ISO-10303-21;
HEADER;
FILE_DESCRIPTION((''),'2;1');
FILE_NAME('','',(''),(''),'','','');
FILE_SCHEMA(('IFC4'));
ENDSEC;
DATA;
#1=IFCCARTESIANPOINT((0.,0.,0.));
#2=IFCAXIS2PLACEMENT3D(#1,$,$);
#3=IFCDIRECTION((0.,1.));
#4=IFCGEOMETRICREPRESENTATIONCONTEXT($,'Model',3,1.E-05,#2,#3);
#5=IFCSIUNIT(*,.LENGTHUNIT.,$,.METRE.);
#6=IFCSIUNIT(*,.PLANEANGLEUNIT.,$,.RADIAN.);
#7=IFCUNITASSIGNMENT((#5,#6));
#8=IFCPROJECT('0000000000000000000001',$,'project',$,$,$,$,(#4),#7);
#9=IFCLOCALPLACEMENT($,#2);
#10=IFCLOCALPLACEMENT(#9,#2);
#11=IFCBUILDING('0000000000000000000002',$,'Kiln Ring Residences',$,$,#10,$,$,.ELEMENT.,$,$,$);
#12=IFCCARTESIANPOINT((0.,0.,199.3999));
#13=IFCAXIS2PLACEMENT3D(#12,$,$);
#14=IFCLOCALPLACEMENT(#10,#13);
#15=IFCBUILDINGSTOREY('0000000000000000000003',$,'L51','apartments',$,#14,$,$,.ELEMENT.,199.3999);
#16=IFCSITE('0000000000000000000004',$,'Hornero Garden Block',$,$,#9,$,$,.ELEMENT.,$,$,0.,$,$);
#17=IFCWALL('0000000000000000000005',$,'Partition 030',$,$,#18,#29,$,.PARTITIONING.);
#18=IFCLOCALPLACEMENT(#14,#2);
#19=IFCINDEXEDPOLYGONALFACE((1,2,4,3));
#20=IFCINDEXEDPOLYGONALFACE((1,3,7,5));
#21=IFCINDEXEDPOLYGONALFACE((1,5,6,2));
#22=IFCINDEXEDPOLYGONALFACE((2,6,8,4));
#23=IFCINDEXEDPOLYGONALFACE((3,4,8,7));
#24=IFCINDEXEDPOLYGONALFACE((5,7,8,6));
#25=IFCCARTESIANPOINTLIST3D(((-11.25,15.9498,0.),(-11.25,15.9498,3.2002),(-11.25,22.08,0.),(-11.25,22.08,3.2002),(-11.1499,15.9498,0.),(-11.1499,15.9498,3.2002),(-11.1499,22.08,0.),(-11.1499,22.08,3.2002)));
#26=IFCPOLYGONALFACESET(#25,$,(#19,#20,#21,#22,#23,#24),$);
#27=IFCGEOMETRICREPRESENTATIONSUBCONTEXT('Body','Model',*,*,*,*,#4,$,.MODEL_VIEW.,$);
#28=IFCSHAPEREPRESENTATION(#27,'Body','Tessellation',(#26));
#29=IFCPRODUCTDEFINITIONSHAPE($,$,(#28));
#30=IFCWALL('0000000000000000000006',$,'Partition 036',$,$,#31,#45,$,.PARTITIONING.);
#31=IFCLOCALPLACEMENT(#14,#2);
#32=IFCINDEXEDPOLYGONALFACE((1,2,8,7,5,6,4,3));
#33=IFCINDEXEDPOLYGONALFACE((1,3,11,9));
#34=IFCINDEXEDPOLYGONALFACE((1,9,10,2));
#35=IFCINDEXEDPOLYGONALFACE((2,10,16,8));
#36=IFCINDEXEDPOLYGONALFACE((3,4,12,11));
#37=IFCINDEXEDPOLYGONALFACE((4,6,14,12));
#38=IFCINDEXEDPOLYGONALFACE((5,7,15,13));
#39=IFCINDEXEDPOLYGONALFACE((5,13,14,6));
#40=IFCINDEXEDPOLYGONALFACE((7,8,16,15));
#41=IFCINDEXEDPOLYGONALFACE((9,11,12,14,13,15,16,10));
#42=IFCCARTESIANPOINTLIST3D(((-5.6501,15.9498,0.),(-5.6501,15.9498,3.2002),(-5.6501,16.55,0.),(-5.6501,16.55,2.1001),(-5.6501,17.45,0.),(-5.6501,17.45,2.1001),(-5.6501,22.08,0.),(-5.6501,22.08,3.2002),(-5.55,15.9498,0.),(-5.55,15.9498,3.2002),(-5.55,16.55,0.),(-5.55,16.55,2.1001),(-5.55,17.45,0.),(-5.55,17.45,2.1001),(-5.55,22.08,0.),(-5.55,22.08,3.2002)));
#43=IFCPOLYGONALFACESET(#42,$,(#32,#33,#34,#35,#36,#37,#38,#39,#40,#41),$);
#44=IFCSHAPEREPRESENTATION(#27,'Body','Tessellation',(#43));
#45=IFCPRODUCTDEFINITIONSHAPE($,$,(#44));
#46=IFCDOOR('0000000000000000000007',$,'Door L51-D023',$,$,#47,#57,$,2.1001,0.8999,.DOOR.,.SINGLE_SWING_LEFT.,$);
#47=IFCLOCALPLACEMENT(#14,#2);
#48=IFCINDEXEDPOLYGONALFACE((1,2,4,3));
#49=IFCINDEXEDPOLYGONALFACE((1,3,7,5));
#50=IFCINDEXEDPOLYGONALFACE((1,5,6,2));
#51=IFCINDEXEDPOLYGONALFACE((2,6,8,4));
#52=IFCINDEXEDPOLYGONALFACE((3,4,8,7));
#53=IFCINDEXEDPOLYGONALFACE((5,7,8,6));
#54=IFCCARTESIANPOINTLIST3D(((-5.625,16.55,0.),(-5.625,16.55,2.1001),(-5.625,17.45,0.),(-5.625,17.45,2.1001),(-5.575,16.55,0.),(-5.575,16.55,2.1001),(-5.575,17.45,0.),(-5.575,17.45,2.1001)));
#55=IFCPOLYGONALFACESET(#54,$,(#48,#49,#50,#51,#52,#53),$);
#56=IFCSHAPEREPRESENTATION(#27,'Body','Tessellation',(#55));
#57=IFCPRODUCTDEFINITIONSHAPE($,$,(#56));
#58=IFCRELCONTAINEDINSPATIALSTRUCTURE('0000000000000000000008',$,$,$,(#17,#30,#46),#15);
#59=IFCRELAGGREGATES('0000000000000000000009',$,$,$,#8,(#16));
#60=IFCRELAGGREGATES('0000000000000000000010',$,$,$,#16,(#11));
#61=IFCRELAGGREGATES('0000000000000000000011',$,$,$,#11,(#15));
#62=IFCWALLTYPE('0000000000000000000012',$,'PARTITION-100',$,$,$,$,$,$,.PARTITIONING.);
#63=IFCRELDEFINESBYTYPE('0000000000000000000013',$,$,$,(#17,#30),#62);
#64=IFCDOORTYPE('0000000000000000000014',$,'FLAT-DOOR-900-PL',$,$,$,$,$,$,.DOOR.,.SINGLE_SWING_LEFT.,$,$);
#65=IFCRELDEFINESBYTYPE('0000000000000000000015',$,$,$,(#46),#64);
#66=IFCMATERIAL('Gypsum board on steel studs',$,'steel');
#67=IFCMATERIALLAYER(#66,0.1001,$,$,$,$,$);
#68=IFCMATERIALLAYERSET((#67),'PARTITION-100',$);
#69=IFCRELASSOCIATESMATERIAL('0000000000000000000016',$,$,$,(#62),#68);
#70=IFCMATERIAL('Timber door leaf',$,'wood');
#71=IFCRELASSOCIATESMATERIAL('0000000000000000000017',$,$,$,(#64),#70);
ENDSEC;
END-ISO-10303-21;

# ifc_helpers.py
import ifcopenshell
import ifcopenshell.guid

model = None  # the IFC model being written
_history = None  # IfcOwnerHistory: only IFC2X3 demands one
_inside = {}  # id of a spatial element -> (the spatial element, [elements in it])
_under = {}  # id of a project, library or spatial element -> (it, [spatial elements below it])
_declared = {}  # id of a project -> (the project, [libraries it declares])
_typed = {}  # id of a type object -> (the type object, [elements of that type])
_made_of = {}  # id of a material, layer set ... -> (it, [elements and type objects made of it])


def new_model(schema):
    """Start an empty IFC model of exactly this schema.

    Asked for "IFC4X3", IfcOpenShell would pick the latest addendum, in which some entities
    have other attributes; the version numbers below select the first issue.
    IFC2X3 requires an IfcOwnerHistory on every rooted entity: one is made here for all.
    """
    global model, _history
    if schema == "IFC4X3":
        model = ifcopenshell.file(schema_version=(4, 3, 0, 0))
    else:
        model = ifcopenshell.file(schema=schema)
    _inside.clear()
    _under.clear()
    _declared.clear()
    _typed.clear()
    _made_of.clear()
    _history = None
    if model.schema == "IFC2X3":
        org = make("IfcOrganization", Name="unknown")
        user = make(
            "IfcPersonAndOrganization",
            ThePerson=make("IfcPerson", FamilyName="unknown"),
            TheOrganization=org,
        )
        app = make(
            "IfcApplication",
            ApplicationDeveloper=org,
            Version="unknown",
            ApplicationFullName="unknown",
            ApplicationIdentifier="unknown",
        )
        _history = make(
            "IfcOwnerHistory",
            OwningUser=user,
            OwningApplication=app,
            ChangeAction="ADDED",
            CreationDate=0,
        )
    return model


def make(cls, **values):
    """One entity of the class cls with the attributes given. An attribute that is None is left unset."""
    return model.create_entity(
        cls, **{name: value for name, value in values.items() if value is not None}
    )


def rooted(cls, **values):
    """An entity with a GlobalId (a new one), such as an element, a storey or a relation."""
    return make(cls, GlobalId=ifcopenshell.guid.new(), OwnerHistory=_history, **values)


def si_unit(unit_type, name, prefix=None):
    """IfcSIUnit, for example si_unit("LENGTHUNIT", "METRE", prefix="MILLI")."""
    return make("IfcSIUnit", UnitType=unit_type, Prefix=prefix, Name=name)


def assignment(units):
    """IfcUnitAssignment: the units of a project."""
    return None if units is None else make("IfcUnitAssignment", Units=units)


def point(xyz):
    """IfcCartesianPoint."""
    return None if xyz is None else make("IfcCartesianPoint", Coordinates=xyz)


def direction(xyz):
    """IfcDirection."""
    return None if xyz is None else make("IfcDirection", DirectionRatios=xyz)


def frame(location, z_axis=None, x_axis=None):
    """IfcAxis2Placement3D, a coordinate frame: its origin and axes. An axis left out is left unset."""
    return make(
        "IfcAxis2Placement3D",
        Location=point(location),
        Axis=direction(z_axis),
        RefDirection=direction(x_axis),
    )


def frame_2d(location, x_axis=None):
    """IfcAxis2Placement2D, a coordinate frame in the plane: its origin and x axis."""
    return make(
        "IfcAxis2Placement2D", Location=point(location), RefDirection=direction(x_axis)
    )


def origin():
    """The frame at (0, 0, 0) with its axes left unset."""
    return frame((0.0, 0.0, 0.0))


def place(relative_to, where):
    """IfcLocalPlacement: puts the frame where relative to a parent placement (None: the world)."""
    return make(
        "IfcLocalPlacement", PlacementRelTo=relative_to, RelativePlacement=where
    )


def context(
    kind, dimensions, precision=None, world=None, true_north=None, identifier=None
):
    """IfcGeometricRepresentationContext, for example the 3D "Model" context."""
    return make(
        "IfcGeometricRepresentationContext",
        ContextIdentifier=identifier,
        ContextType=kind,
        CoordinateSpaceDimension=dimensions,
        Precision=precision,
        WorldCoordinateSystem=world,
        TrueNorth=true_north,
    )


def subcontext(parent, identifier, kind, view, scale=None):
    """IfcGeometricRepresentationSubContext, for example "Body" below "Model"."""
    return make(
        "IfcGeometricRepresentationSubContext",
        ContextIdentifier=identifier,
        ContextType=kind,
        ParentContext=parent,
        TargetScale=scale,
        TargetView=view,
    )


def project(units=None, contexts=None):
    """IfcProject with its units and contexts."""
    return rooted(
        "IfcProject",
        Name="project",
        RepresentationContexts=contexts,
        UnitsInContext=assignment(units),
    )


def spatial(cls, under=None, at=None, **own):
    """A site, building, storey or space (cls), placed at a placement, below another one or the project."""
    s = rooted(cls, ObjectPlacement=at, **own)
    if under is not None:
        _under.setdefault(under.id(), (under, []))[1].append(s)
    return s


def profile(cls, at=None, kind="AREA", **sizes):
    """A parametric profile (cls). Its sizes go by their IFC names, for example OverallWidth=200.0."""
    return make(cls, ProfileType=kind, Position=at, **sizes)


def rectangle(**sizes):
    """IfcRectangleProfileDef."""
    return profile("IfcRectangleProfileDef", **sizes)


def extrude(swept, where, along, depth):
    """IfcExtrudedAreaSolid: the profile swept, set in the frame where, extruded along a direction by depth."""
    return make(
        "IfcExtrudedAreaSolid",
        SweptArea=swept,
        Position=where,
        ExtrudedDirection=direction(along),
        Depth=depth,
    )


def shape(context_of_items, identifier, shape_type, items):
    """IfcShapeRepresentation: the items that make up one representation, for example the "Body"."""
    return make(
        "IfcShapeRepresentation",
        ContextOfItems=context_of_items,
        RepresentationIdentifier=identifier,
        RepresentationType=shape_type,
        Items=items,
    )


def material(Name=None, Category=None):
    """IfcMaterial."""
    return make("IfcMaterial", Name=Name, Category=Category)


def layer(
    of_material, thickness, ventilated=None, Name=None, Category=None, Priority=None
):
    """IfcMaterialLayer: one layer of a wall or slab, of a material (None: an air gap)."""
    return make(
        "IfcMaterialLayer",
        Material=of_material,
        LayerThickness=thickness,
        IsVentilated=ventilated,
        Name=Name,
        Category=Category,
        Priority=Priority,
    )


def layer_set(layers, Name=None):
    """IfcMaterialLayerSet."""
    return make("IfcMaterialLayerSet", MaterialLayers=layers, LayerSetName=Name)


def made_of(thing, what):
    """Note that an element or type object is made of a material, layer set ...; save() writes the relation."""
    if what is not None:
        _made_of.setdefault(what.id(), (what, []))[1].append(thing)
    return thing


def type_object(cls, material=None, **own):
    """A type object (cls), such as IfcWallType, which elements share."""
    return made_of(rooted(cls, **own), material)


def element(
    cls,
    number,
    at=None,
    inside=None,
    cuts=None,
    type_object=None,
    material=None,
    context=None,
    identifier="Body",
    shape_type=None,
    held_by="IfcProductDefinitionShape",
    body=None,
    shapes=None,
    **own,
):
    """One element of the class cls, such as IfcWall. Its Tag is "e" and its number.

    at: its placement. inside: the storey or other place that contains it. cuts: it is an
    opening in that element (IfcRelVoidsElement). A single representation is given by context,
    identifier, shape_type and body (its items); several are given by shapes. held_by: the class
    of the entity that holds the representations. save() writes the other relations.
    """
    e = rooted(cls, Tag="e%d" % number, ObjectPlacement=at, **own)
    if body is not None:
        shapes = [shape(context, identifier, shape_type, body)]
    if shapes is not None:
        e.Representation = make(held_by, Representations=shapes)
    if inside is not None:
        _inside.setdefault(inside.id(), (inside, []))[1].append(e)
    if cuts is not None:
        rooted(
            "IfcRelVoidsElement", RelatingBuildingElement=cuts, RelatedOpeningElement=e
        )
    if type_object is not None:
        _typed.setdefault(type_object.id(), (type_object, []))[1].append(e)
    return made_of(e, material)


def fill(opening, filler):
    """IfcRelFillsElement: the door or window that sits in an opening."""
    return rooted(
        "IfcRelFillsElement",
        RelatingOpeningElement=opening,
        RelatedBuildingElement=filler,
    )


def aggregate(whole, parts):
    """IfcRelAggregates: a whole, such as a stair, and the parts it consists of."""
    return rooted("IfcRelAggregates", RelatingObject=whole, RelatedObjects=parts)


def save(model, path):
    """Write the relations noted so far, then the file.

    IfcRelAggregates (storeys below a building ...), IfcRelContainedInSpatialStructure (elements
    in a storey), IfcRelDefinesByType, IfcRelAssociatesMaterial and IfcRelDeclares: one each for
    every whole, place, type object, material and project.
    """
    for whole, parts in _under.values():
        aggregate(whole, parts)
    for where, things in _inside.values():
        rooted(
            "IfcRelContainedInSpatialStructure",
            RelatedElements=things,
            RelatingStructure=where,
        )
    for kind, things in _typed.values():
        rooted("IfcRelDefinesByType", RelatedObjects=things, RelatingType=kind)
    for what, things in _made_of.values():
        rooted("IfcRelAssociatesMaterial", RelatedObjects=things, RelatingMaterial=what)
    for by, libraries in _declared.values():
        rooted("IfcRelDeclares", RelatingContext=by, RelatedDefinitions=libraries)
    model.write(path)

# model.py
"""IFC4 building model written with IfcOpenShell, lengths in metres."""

from ifc_helpers import new_model, si_unit, direction, frame, frame_2d, origin, place, context, subcontext, project, spatial, rectangle, extrude, material, layer, layer_set, type_object, element, fill, save


model = new_model("IFC4")

# Units and contexts
model_context = context("Model", 3, precision=1e-05, world=origin(), true_north=direction((0.0, 1.0)))
body_context = subcontext(model_context, "Body", "Model", "MODEL_VIEW")
ifc_project = project(units=[si_unit("LENGTHUNIT", "METRE"), si_unit("PLANEANGLEUNIT", "RADIAN")], contexts=[model_context])

# Site, building, storey
site_placement = place(None, origin())
site = spatial("IfcSite", under=ifc_project, at=site_placement, Name="Hornero Garden Block", CompositionType="ELEMENT", RefElevation=0.0)
building_placement = place(site_placement, origin())
building = spatial("IfcBuilding", under=site, at=building_placement, Name="Kiln Ring Residences", CompositionType="ELEMENT")
storey_placement = place(building_placement, frame((0.0, 0.0, 199.3999)))
storey = spatial("IfcBuildingStorey", under=building, at=storey_placement, Name="L51", Description="apartments", CompositionType="ELEMENT", Elevation=199.3999)

# Wall
ifc_material_1 = material(Name="Gypsum board on steel studs", Category="steel")
ifc_layer_1 = layer(ifc_material_1, 0.1001)
ifc_layer_set_1 = layer_set([ifc_layer_1], Name="PARTITION-100")
wall_type_1 = type_object("IfcWallType", Name="PARTITION-100", PredefinedType="PARTITIONING", material=ifc_layer_set_1)
wall_1_placement = place(storey_placement, frame((-11.2, 15.95, 0.0), z_axis=(0.0, 0.0, 1.0), x_axis=(0.0, 1.0, 0.0)))
element("IfcWall", 1, at=wall_1_placement, inside=storey, type_object=wall_type_1, Name="Partition 030", PredefinedType="PARTITIONING", context=body_context, shape_type="SweptSolid", body=[
    extrude(rectangle(XDim=6.1301, YDim=0.1001, at=frame_2d((3.0649, 0.0))), origin(), (0.0, 0.0, 1.0), 3.2002),
])

# Wall, opening, door
wall_2_placement = place(storey_placement, frame((-5.6001, 15.95, 0.0), z_axis=(0.0, 0.0, 1.0), x_axis=(0.0, 1.0, 0.0)))
wall_2 = element("IfcWall", 2, at=wall_2_placement, inside=storey, type_object=wall_type_1, Name="Partition 036", PredefinedType="PARTITIONING", context=body_context, shape_type="SweptSolid", body=[
    extrude(rectangle(XDim=6.1301, YDim=0.1001, at=frame_2d((3.0649, 0.0))), origin(), (0.0, 0.0, 1.0), 3.2002),
])
opening_1_placement = place(wall_2_placement, frame((0.6001, 0.0, 0.0)))
opening_1 = element("IfcOpeningElement", 3, at=opening_1_placement, cuts=wall_2, PredefinedType="OPENING", context=body_context, shape_type="SweptSolid", body=[
    extrude(rectangle(XDim=0.8999, YDim=2.1001, at=frame_2d((0.45, 1.05))), frame((0.0, 0.0601, 0.0), z_axis=(0.0, -1.0, 0.0), x_axis=(1.0, 0.0, 0.0)), (0.0, 0.0, 1.0), 0.1201),
])
ifc_material_2 = material(Name="Timber door leaf", Category="wood")
door_type = type_object("IfcDoorType", Name="FLAT-DOOR-900-PL", OperationType="SINGLE_SWING_LEFT", PredefinedType="DOOR", material=ifc_material_2)
door_placement = place(opening_1_placement, origin())
door = element("IfcDoor", 4, at=door_placement, inside=storey, type_object=door_type, Name="Door L51-D023", OperationType="SINGLE_SWING_LEFT", OverallHeight=2.1001, OverallWidth=0.8999, PredefinedType="DOOR", context=body_context, shape_type="SweptSolid", body=[
    extrude(rectangle(XDim=0.8999, YDim=2.1001, at=frame_2d((0.45, 1.05))), frame((0.0, 0.0249, 0.0), z_axis=(0.0, -1.0, 0.0), x_axis=(1.0, 0.0, 0.0)), (0.0, 0.0, 1.0), 0.05),
])
fill(opening_1, door)

save(model, "model.ifc")
